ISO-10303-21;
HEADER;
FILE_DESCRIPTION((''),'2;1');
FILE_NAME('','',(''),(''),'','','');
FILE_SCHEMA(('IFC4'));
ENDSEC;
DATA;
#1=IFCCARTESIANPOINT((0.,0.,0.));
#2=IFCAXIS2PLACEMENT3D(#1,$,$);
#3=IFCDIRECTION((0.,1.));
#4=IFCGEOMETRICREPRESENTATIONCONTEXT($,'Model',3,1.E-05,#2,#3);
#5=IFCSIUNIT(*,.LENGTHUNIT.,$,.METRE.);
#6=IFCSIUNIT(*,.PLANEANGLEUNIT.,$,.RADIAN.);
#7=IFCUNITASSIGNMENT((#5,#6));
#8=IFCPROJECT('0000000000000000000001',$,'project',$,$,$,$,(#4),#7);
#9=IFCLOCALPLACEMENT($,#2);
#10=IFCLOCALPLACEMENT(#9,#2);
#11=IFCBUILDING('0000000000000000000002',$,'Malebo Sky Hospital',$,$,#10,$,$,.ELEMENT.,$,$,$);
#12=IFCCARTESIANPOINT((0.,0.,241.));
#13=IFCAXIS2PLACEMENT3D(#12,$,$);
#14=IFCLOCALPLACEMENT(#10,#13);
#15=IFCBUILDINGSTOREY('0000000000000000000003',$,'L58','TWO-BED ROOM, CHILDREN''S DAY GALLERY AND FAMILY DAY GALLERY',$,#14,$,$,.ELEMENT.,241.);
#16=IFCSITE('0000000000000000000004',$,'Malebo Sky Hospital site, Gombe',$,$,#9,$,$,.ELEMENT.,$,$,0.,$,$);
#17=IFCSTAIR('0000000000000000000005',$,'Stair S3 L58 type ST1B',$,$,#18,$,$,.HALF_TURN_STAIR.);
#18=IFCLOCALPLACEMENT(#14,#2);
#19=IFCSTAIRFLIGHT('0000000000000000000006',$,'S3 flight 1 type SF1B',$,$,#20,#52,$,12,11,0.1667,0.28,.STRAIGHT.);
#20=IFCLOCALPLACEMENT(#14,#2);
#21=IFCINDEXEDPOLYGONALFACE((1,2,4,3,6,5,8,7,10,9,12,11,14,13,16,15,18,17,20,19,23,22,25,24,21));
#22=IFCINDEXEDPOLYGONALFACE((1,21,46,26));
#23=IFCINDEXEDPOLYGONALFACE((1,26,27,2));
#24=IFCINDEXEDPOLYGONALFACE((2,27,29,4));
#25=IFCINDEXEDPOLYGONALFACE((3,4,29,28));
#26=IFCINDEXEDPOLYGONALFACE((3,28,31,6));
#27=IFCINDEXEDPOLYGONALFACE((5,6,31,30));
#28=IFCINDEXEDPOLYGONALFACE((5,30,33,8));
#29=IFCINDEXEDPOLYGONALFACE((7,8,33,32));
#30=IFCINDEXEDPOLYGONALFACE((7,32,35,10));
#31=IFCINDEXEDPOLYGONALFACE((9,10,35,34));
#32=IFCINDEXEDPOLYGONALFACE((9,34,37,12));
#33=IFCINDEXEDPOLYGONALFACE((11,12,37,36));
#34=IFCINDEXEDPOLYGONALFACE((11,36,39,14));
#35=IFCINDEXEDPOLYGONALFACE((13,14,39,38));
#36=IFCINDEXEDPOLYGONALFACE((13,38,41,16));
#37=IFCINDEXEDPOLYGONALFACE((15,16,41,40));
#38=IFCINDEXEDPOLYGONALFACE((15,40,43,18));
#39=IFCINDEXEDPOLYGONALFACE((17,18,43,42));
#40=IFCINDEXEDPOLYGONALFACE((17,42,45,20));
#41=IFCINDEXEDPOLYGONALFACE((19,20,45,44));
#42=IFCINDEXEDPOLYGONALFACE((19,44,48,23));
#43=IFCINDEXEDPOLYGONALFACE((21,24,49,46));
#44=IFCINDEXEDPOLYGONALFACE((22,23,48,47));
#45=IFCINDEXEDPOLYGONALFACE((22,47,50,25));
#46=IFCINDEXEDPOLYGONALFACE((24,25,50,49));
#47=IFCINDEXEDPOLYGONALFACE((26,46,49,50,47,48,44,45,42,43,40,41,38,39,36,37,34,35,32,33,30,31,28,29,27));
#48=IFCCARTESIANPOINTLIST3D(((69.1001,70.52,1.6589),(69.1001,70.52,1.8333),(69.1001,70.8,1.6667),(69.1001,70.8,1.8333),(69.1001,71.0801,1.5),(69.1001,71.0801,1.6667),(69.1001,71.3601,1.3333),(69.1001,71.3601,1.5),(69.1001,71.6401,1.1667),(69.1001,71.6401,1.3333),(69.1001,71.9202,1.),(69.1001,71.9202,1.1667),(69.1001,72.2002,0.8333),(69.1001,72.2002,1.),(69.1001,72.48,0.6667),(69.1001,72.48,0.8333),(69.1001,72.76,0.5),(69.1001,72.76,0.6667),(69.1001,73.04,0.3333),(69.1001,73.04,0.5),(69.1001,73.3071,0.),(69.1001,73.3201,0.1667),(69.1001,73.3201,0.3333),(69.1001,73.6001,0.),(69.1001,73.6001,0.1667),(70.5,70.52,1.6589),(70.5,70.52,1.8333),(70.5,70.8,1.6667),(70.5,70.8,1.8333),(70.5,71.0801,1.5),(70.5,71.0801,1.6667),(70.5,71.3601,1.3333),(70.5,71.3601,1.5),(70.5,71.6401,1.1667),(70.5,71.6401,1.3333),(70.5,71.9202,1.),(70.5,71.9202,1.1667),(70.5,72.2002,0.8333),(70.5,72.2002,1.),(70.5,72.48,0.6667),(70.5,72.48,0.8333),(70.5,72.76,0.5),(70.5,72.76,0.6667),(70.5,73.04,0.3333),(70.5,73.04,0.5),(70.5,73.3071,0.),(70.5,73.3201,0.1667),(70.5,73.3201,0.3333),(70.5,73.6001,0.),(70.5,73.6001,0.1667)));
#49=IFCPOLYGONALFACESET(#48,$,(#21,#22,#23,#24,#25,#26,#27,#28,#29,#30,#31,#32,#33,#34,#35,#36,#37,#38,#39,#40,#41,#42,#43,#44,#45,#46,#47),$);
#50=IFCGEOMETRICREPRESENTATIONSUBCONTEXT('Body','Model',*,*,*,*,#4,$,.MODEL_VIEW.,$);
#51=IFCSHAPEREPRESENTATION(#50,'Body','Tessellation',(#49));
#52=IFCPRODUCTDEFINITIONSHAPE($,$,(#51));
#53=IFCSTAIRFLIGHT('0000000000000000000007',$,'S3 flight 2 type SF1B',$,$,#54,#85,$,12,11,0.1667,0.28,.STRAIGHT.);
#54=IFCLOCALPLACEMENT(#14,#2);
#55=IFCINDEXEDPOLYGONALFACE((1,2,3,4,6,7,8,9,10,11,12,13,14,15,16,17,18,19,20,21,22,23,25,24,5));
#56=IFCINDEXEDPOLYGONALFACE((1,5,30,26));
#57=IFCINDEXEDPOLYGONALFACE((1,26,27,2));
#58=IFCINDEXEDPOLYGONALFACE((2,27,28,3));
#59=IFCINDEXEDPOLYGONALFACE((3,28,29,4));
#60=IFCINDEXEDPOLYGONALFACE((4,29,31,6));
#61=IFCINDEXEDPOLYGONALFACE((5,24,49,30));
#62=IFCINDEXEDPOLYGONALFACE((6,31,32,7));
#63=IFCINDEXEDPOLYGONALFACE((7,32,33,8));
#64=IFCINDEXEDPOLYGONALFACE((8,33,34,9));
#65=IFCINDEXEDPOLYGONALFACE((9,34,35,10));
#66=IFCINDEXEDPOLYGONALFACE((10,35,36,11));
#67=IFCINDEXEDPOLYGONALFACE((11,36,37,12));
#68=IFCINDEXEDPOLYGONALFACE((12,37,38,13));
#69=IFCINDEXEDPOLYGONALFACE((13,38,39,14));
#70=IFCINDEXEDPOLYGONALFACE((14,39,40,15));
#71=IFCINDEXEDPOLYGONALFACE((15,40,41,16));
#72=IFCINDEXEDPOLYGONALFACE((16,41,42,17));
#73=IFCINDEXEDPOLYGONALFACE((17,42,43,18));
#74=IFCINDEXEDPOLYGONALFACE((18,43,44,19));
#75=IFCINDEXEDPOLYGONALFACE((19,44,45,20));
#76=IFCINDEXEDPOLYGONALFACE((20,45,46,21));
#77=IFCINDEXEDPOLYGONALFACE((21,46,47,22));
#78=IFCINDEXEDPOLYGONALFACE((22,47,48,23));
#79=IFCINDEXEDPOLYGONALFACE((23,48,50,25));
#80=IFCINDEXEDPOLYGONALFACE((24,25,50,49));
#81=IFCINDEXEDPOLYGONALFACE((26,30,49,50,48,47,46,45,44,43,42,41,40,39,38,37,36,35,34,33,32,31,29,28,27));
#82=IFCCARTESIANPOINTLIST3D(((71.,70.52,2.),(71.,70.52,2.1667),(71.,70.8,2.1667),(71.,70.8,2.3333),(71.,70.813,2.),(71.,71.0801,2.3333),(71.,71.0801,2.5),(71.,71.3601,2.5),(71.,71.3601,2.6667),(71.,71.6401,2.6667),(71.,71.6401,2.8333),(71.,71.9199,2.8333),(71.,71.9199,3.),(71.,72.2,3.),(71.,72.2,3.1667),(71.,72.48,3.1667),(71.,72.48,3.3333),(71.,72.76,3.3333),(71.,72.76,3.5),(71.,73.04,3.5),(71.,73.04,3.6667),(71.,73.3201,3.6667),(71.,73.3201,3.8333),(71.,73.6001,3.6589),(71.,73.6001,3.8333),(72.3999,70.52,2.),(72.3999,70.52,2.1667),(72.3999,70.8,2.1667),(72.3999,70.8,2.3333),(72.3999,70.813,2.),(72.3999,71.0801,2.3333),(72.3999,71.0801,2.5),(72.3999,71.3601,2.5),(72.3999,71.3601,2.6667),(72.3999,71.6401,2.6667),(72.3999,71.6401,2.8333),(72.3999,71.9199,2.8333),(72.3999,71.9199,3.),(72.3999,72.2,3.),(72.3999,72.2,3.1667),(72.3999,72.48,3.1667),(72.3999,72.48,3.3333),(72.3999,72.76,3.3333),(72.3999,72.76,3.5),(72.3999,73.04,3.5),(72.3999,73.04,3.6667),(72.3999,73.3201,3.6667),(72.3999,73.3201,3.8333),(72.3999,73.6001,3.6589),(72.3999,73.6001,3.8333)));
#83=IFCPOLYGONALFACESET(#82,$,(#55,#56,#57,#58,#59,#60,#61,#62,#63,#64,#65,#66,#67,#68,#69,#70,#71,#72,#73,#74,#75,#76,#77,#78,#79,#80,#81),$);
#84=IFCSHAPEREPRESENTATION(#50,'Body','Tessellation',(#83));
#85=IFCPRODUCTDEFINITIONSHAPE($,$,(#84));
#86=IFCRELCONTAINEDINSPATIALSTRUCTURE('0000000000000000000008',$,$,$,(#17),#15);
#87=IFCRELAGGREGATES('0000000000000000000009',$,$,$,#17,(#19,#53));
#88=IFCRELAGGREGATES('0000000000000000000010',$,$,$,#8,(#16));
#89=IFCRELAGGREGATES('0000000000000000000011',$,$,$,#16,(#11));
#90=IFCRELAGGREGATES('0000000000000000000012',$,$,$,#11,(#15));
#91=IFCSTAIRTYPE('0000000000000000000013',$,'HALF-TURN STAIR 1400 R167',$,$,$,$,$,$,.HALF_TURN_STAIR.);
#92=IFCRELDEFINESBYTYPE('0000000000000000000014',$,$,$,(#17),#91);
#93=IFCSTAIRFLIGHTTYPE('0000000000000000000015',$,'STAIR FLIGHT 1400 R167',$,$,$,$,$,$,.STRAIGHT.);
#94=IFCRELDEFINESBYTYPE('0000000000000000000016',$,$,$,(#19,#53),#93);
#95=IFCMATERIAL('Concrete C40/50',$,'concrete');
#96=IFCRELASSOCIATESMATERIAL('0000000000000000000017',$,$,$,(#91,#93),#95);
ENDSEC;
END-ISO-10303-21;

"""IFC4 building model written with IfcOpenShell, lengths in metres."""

from ifc_helpers import new_model, si_unit, direction, frame, origin, place, context, subcontext, project, spatial, polyline, outline, extrude, material, type_object, element, aggregate, save


model = new_model("IFC4")

# Units and contexts
model_context = context("Model", 3, precision=1e-05, world=origin(), true_north=direction((0.0, 1.0)))
body_context = subcontext(model_context, "Body", "Model", "MODEL_VIEW")
ifc_project = project(units=[si_unit("LENGTHUNIT", "METRE"), si_unit("PLANEANGLEUNIT", "RADIAN")], contexts=[model_context])

# Site, building, storey
site_placement = place(None, origin())
site = spatial("IfcSite", under=ifc_project, at=site_placement, Name="Malebo Sky Hospital site, Gombe", CompositionType="ELEMENT", RefElevation=0.0)
building_placement = place(site_placement, origin())
building = spatial("IfcBuilding", under=site, at=building_placement, Name="Malebo Sky Hospital", CompositionType="ELEMENT")
storey_placement = place(building_placement, frame((0.0, 0.0, 241.0)))
storey = spatial("IfcBuildingStorey", under=building, at=storey_placement, Name="L58", Description="TWO-BED ROOM, CHILDREN'S DAY GALLERY AND FAMILY DAY GALLERY", CompositionType="ELEMENT", Elevation=241.0)

# Shared definitions
ifc_material_1 = material(Name="Concrete C40/50", Category="concrete")

# Stair, stair flights
stair_type = type_object("IfcStairType", Name="HALF-TURN STAIR 1400 R167", PredefinedType="HALF_TURN_STAIR", material=ifc_material_1)
stair_placement = place(storey_placement, origin())
stair = element("IfcStair", 1, at=stair_placement, inside=storey, type_object=stair_type, Name="Stair S3 L58 type ST1B", PredefinedType="HALF_TURN_STAIR")
stair_flight_type = type_object("IfcStairFlightType", Name="STAIR FLIGHT 1400 R167", PredefinedType="STRAIGHT", material=ifc_material_1)
stair_flight_1_placement = place(storey_placement, frame((69.8, 73.6001, 0.0), z_axis=(0.0, 0.0, 1.0), x_axis=(0.0, -1.0, 0.0)))
stair_flight_1 = element("IfcStairFlight", 2, at=stair_flight_1_placement, type_object=stair_flight_type, Name="S3 flight 1 type SF1B", NumberOfRisers=12, NumberOfTreads=11, PredefinedType="STRAIGHT", RiserHeight=0.1667, TreadLength=0.28, context=body_context, shape_type="SweptSolid", body=[
    extrude(outline(polyline([(0.0, 0.0), (0.0, 0.1667), (0.28, 0.1667), (0.28, 0.3333), (0.5601, 0.3333), (0.5601, 0.5), (0.8401, 0.5), (0.8401, 0.6667), (1.1201, 0.6667), (1.1201, 0.8333), (1.3999, 0.8333), (1.3999, 1.0), (1.6799, 1.0), (1.6799, 1.1667), (1.96, 1.1667), (1.96, 1.3333), (2.24, 1.3333), (2.24, 1.5), (2.52, 1.5), (2.52, 1.6667), (2.8, 1.6667), (2.8, 1.8333), (3.0801, 1.8333), (3.0801, 2.0), (3.0801, 1.6589), (0.293, 0.0), (0.0, 0.0)])), frame((0.0, 0.7, 0.0), z_axis=(0.0, -1.0, 0.0), x_axis=(1.0, 0.0, 0.0)), (0.0, 0.0, 1.0), 1.3999),
])
stair_flight_2_placement = place(storey_placement, frame((71.7, 70.52, 2.0), z_axis=(0.0, 0.0, 1.0), x_axis=(0.0, 1.0, 0.0)))
stair_flight_2 = element("IfcStairFlight", 3, at=stair_flight_2_placement, type_object=stair_flight_type, Name="S3 flight 2 type SF1B", NumberOfRisers=12, NumberOfTreads=11, PredefinedType="STRAIGHT", RiserHeight=0.1667, TreadLength=0.28, context=body_context, shape_type="SweptSolid", body=[
    extrude(outline(polyline([(0.0, 0.0), (0.0, 0.1667), (0.28, 0.1667), (0.28, 0.3333), (0.5601, 0.3333), (0.5601, 0.5), (0.8401, 0.5), (0.8401, 0.6667), (1.1201, 0.6667), (1.1201, 0.8333), (1.3999, 0.8333), (1.3999, 1.0), (1.6799, 1.0), (1.6799, 1.1667), (1.96, 1.1667), (1.96, 1.3333), (2.24, 1.3333), (2.24, 1.5), (2.52, 1.5), (2.52, 1.6667), (2.8, 1.6667), (2.8, 1.8333), (3.0801, 1.8333), (3.0801, 2.0), (3.0801, 1.6589), (0.293, 0.0), (0.0, 0.0)])), frame((0.0, 0.7, 0.0), z_axis=(0.0, -1.0, 0.0), x_axis=(1.0, 0.0, 0.0)), (0.0, 0.0, 1.0), 1.3999),
])
aggregate(stair, [stair_flight_1, stair_flight_2])

save(model, "model.ifc")
